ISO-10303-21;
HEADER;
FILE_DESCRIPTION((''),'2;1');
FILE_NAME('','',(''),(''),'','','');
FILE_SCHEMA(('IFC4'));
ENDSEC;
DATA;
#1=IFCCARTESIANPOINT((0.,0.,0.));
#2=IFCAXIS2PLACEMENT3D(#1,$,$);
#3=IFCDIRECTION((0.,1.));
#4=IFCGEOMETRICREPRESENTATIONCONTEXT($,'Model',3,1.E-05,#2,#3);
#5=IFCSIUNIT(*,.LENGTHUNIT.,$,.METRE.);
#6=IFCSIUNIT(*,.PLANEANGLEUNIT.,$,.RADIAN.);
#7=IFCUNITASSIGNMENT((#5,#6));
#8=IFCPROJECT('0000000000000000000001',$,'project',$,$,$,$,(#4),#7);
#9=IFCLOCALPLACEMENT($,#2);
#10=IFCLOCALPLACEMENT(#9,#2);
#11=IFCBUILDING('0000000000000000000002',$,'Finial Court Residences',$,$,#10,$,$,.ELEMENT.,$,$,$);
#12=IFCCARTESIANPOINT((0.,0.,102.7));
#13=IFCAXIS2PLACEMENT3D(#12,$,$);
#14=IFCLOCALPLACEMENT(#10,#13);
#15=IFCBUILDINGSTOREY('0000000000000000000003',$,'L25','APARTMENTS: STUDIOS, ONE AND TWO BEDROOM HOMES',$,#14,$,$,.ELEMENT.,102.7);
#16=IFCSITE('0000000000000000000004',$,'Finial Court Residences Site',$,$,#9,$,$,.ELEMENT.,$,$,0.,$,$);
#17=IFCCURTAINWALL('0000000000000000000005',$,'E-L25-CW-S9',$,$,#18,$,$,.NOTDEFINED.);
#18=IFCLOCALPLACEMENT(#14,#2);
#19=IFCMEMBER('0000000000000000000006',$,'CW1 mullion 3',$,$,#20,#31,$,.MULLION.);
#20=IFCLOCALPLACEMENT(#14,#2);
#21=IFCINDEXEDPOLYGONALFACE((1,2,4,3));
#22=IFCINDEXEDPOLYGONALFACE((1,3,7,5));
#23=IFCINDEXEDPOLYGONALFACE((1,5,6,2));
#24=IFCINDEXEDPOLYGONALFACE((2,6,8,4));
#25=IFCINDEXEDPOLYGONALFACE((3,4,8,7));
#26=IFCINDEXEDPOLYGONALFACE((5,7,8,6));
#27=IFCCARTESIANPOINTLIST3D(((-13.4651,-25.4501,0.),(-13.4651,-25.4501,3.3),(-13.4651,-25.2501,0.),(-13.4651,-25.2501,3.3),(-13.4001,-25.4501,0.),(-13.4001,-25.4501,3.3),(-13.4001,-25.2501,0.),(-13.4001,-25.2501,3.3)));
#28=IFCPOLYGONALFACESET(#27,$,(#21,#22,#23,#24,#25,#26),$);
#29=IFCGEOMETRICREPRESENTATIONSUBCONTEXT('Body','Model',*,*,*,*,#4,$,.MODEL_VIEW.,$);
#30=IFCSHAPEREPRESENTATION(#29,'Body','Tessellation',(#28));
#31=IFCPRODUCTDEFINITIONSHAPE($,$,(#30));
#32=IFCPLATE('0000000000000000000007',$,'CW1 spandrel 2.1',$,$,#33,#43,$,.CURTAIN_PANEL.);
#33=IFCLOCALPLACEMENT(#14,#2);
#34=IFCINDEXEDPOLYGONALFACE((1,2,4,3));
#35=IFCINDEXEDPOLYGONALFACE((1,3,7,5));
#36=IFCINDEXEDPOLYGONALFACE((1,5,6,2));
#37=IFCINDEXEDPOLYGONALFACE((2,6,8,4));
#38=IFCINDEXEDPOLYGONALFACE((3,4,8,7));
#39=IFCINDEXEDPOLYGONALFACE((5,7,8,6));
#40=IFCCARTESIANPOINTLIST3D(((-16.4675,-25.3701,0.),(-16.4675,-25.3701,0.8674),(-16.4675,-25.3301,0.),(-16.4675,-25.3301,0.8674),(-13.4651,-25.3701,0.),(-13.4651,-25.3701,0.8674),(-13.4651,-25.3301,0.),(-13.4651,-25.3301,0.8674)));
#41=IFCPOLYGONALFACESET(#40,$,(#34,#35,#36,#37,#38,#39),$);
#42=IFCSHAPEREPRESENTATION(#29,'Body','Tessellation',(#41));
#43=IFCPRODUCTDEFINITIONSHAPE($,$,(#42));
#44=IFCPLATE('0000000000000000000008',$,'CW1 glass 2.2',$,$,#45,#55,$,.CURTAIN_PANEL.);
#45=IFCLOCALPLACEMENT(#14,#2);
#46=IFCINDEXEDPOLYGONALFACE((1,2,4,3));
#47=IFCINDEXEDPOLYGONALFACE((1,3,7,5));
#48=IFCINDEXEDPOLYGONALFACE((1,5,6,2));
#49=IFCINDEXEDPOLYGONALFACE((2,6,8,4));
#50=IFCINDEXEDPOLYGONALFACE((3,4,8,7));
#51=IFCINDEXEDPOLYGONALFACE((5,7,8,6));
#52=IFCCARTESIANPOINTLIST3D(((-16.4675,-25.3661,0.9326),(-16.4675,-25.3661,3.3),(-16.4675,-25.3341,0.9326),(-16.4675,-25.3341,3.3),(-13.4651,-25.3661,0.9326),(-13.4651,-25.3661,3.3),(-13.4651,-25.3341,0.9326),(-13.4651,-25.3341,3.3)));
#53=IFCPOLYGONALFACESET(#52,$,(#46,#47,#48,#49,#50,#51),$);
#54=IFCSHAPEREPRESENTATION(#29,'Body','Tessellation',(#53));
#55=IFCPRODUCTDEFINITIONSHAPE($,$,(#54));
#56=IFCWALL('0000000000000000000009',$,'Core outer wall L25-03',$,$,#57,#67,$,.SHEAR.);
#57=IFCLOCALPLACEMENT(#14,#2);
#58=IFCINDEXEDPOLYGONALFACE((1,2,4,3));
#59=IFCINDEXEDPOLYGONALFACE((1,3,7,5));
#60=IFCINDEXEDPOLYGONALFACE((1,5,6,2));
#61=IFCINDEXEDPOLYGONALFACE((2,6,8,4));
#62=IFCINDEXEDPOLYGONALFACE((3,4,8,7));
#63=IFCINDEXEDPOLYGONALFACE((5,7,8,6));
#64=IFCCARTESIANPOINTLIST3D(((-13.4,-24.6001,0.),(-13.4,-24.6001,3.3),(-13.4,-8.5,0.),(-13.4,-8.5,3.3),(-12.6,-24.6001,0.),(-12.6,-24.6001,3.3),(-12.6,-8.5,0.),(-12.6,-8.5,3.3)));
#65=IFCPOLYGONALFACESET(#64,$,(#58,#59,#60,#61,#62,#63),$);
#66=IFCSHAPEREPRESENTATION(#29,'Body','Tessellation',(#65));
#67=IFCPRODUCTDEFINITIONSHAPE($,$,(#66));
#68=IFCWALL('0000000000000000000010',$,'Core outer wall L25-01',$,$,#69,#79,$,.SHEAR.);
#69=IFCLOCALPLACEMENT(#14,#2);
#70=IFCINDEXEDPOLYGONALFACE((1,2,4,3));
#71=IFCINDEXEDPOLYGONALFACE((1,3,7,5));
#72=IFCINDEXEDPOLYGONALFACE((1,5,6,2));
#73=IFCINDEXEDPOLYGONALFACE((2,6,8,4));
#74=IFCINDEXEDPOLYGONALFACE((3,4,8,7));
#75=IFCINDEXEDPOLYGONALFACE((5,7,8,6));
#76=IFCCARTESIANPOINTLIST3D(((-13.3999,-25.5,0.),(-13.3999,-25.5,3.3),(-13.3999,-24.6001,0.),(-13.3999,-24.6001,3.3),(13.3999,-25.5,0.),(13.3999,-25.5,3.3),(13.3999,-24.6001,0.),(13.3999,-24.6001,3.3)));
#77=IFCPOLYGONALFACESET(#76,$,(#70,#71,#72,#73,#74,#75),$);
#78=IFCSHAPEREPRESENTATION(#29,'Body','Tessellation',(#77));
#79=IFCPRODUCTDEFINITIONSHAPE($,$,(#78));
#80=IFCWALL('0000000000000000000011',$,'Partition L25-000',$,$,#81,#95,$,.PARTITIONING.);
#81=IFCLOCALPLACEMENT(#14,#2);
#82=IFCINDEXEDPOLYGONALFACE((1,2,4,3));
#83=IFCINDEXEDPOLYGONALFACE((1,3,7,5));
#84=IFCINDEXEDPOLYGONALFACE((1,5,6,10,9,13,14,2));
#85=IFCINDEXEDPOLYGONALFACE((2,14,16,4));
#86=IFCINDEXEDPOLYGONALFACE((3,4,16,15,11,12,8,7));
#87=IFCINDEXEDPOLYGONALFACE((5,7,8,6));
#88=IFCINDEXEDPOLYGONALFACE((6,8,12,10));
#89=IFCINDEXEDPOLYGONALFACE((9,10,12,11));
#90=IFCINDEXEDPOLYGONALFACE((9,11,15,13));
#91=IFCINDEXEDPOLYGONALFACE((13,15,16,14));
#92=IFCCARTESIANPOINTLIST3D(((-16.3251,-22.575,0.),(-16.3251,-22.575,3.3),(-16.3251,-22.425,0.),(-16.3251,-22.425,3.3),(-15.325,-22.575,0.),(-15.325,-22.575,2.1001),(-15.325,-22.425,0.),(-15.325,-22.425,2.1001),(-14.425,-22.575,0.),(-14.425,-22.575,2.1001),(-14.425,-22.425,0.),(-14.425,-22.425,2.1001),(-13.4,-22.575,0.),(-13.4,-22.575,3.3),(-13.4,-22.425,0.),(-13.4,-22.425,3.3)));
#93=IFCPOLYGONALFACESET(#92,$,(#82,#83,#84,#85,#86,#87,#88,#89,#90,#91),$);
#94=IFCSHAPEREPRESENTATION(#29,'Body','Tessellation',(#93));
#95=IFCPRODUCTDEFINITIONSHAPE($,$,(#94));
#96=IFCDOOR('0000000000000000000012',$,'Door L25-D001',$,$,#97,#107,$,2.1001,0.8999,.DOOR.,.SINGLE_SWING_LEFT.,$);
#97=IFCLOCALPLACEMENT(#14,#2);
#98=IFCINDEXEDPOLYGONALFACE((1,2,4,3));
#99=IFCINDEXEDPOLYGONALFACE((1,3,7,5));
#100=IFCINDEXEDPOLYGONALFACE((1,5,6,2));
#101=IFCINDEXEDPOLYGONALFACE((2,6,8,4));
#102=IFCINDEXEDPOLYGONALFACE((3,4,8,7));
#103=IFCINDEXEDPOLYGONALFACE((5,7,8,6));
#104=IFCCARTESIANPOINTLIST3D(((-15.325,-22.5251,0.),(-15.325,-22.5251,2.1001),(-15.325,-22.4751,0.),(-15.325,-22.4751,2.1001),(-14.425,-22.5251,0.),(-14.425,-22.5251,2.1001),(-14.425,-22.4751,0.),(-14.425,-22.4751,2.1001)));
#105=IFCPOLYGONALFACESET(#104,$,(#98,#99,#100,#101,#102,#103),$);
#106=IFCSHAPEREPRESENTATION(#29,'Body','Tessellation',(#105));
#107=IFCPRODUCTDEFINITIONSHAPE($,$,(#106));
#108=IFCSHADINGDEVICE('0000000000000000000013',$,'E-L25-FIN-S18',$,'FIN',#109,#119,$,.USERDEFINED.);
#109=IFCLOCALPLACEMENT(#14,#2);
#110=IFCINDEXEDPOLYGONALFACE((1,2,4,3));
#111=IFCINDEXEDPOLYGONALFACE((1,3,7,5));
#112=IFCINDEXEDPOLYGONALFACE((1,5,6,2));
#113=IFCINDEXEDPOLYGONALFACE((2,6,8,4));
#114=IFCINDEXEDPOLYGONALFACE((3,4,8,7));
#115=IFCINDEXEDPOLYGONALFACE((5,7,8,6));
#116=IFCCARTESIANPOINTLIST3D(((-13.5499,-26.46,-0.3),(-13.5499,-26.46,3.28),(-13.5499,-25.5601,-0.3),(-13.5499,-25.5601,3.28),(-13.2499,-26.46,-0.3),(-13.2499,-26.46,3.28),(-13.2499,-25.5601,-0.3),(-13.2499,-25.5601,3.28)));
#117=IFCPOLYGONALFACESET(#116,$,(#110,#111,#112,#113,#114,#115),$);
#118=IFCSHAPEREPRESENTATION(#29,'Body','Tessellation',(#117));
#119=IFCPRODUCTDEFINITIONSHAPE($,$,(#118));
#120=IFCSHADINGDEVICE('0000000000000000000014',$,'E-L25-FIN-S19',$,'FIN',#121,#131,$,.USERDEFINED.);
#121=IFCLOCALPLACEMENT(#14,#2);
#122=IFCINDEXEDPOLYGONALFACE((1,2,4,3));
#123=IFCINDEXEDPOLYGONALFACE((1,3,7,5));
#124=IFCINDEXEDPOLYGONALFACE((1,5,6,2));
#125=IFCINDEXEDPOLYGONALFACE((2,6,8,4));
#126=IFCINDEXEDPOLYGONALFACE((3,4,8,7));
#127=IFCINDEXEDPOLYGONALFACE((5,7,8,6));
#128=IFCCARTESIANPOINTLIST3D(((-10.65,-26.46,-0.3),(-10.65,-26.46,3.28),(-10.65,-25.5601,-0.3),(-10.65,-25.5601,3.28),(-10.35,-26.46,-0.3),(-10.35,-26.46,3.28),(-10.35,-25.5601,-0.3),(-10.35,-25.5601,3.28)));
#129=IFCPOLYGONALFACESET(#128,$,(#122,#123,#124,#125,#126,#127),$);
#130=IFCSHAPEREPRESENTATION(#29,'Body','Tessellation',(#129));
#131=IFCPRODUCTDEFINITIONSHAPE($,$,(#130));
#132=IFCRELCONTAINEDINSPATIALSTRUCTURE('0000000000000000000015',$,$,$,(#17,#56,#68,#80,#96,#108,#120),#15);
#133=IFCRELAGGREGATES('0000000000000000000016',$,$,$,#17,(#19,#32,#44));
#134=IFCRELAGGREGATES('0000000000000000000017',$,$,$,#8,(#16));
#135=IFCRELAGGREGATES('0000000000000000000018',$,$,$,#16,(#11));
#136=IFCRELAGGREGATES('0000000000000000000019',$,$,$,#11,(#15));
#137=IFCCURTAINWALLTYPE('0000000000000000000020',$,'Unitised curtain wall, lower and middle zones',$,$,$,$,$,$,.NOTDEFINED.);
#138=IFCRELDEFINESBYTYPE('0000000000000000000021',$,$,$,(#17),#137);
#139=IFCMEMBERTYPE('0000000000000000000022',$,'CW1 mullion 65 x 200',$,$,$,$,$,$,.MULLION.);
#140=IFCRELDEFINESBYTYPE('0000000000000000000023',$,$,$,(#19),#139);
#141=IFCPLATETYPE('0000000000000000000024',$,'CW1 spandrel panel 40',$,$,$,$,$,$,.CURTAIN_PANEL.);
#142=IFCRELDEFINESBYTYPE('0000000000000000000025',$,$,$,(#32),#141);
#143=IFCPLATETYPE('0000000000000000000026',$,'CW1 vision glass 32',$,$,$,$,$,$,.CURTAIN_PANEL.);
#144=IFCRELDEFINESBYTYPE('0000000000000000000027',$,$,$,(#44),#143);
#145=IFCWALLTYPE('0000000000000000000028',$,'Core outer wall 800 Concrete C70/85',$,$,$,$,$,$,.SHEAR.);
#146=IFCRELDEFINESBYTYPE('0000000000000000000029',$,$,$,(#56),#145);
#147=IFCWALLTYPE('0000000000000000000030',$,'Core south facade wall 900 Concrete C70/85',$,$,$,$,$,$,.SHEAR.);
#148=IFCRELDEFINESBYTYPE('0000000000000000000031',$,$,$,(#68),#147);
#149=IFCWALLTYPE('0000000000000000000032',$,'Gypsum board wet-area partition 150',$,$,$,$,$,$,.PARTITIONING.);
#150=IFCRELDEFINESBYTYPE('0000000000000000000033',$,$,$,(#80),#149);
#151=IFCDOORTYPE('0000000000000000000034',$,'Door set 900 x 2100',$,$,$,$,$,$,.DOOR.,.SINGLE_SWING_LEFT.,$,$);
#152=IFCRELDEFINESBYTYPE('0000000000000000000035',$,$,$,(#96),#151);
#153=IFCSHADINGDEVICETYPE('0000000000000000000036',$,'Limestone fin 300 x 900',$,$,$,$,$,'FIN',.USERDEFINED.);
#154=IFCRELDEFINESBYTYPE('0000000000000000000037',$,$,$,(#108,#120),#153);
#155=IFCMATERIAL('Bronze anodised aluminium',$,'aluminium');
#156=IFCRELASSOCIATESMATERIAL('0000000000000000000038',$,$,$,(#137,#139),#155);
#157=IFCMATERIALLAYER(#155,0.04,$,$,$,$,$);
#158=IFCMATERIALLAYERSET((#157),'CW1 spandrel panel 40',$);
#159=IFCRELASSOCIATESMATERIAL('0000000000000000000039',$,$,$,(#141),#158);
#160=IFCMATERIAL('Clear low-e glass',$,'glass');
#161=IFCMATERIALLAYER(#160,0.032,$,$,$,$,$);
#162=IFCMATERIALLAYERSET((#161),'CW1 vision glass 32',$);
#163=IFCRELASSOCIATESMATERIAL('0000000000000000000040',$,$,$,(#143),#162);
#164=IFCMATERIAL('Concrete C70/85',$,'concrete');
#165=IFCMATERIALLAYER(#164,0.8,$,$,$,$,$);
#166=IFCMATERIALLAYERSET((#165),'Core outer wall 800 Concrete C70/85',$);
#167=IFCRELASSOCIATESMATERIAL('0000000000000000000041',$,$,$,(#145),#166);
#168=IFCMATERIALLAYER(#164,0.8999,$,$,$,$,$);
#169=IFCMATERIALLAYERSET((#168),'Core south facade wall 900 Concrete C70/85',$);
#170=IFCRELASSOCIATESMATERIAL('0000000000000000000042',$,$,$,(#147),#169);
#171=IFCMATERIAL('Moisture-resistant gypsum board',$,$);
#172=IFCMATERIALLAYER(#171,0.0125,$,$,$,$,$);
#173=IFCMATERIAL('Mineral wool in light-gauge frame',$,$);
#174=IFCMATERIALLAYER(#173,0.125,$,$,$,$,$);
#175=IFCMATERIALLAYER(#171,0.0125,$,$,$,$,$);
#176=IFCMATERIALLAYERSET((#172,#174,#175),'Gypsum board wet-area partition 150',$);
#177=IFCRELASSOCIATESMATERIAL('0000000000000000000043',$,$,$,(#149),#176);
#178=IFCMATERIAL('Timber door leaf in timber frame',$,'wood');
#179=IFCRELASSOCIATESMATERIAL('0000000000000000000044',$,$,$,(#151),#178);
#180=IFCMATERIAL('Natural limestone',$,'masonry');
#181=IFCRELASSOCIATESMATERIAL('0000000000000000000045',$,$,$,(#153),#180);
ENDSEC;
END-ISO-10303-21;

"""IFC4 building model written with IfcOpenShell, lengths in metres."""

from ifc_helpers import new_model, si_unit, direction, frame, frame_2d, origin, origin_2d, place, context, subcontext, project, spatial, rectangle, extrude, material, layer, layer_set, material_profile, profile_set, type_object, element, fill, aggregate, save


model = new_model("IFC4")

# Units and contexts
model_context = context("Model", 3, precision=1e-05, world=origin(), true_north=direction((0.0, 1.0)))
body_context = subcontext(model_context, "Body", "Model", "MODEL_VIEW")
ifc_project = project(units=[si_unit("LENGTHUNIT", "METRE"), si_unit("PLANEANGLEUNIT", "RADIAN")], contexts=[model_context])

# Site, building, storey
site_placement = place(None, origin())
site = spatial("IfcSite", under=ifc_project, at=site_placement, Name="Finial Court Residences Site", CompositionType="ELEMENT", RefElevation=0.0)
building_placement = place(site_placement, origin())
building = spatial("IfcBuilding", under=site, at=building_placement, Name="Finial Court Residences", CompositionType="ELEMENT")
storey_placement = place(building_placement, frame((0.0, 0.0, 102.7)))
storey = spatial("IfcBuildingStorey", under=building, at=storey_placement, Name="L25", Description="APARTMENTS: STUDIOS, ONE AND TWO BEDROOM HOMES", CompositionType="ELEMENT", Elevation=102.7)

# Curtain wall, member, plates
ifc_material_1 = material(Name="Bronze anodised aluminium", Category="aluminium")
curtain_wall_type = type_object("IfcCurtainWallType", Name="Unitised curtain wall, lower and middle zones", PredefinedType="NOTDEFINED", material=ifc_material_1)
curtain_wall_placement = place(storey_placement, origin())
curtain_wall = element("IfcCurtainWall", 1, at=curtain_wall_placement, inside=storey, type_object=curtain_wall_type, Name="E-L25-CW-S9", PredefinedType="NOTDEFINED")
ifc_material_profile = material_profile(ifc_material_1, rectangle(XDim=0.2, YDim=0.0649, at=origin_2d()), Name="CW1 mullion 65 x 200")
ifc_profile_set = profile_set([ifc_material_profile], Name="Bronze anodised aluminium")
member_type = type_object("IfcMemberType", Name="CW1 mullion 65 x 200", PredefinedType="MULLION", material=ifc_profile_set)
member_placement = place(storey_placement, frame((-13.4326, -25.3501, 0.0), z_axis=(0.0, 0.0, 1.0), x_axis=(0.0, 1.0, 0.0)))
member = element("IfcMember", 2, at=member_placement, type_object=member_type, Name="CW1 mullion 3", PredefinedType="MULLION", context=body_context, shape_type="SweptSolid", body=[
    extrude(rectangle(XDim=0.2, YDim=0.0649, at=origin_2d()), origin(), (0.0, 0.0, 1.0), 3.3),
])
ifc_layer_1 = layer(ifc_material_1, 0.04)
ifc_layer_set_1 = layer_set([ifc_layer_1], Name="CW1 spandrel panel 40")
plate_type_1 = type_object("IfcPlateType", Name="CW1 spandrel panel 40", PredefinedType="CURTAIN_PANEL", material=ifc_layer_set_1)
plate_1_placement = place(storey_placement, frame((-14.9663, -25.3501, 0.0), z_axis=(0.0, 0.0, 1.0), x_axis=(1.0, 0.0, 0.0)))
plate_1 = element("IfcPlate", 3, at=plate_1_placement, type_object=plate_type_1, Name="CW1 spandrel 2.1", PredefinedType="CURTAIN_PANEL", context=body_context, shape_type="SweptSolid", body=[
    extrude(rectangle(XDim=3.0024, YDim=0.04, at=origin_2d()), origin(), (0.0, 0.0, 1.0), 0.8674),
])
ifc_material_2 = material(Name="Clear low-e glass", Category="glass")
ifc_layer_2 = layer(ifc_material_2, 0.032)
ifc_layer_set_2 = layer_set([ifc_layer_2], Name="CW1 vision glass 32")
plate_type_2 = type_object("IfcPlateType", Name="CW1 vision glass 32", PredefinedType="CURTAIN_PANEL", material=ifc_layer_set_2)
plate_2_placement = place(storey_placement, frame((-14.9663, -25.3501, 0.9326), z_axis=(0.0, 0.0, 1.0), x_axis=(1.0, 0.0, 0.0)))
plate_2 = element("IfcPlate", 4, at=plate_2_placement, type_object=plate_type_2, Name="CW1 glass 2.2", PredefinedType="CURTAIN_PANEL", context=body_context, shape_type="SweptSolid", body=[
    extrude(rectangle(XDim=3.0024, YDim=0.032, at=origin_2d()), origin(), (0.0, 0.0, 1.0), 2.3674),
])
aggregate(curtain_wall, [member, plate_1, plate_2])

# Walls
ifc_material_3 = material(Name="Concrete C70/85", Category="concrete")
ifc_layer_3 = layer(ifc_material_3, 0.8)
ifc_layer_set_3 = layer_set([ifc_layer_3], Name="Core outer wall 800 Concrete C70/85")
wall_type_1 = type_object("IfcWallType", Name="Core outer wall 800 Concrete C70/85", PredefinedType="SHEAR", material=ifc_layer_set_3)
wall_1_placement = place(storey_placement, frame((-13.0, -24.6001, 0.0), z_axis=(0.0, 0.0, 1.0), x_axis=(0.0, 1.0, 0.0)))
element("IfcWall", 5, at=wall_1_placement, inside=storey, type_object=wall_type_1, Name="Core outer wall L25-03", PredefinedType="SHEAR", context=body_context, shape_type="SweptSolid", body=[
    extrude(rectangle(XDim=16.1001, YDim=0.8, at=frame_2d((8.05, 0.0))), origin(), (0.0, 0.0, 1.0), 3.3),
])
ifc_layer_4 = layer(ifc_material_3, 0.8999)
ifc_layer_set_4 = layer_set([ifc_layer_4], Name="Core south facade wall 900 Concrete C70/85")
wall_type_2 = type_object("IfcWallType", Name="Core south facade wall 900 Concrete C70/85", PredefinedType="SHEAR", material=ifc_layer_set_4)
wall_2_placement = place(storey_placement, frame((-13.3999, -25.05, 0.0), z_axis=(0.0, 0.0, 1.0), x_axis=(1.0, 0.0, 0.0)))
element("IfcWall", 6, at=wall_2_placement, inside=storey, type_object=wall_type_2, Name="Core outer wall L25-01", PredefinedType="SHEAR", context=body_context, shape_type="SweptSolid", body=[
    extrude(rectangle(XDim=26.7998, YDim=0.8999, at=frame_2d((13.3999, 0.0))), origin(), (0.0, 0.0, 1.0), 3.3),
])

# Wall, opening, door
ifc_material_4 = material(Name="Moisture-resistant gypsum board")
ifc_layer_5 = layer(ifc_material_4, 0.0125)
ifc_material_5 = material(Name="Mineral wool in light-gauge frame")
ifc_layer_6 = layer(ifc_material_5, 0.125)
ifc_layer_7 = layer(ifc_material_4, 0.0125)
ifc_layer_set_5 = layer_set([ifc_layer_5, ifc_layer_6, ifc_layer_7], Name="Gypsum board wet-area partition 150")
wall_type_3 = type_object("IfcWallType", Name="Gypsum board wet-area partition 150", PredefinedType="PARTITIONING", material=ifc_layer_set_5)
wall_3_placement = place(storey_placement, frame((-16.325, -22.5, 0.0), z_axis=(0.0, 0.0, 1.0), x_axis=(1.0, 0.0, 0.0)))
wall_3 = element("IfcWall", 7, at=wall_3_placement, inside=storey, type_object=wall_type_3, Name="Partition L25-000", PredefinedType="PARTITIONING", context=body_context, shape_type="SweptSolid", body=[
    extrude(rectangle(XDim=2.925, YDim=0.1499, at=frame_2d((1.4624, 0.0))), origin(), (0.0, 0.0, 1.0), 3.3),
])
opening_placement = place(wall_3_placement, frame((1.0, 0.0, 0.0)))
opening = element("IfcOpeningElement", 8, at=opening_placement, cuts=wall_3, PredefinedType="OPENING", context=body_context, shape_type="SweptSolid", body=[
    extrude(rectangle(XDim=0.8999, YDim=2.1001, at=frame_2d((0.45, 1.05))), frame((0.0, 0.085, 0.0), z_axis=(0.0, -1.0, 0.0), x_axis=(1.0, 0.0, 0.0)), (0.0, 0.0, 1.0), 0.1699),
])
ifc_material_6 = material(Name="Timber door leaf in timber frame", Category="wood")
door_type = type_object("IfcDoorType", Name="Door set 900 x 2100", OperationType="SINGLE_SWING_LEFT", PredefinedType="DOOR", material=ifc_material_6)
door_placement = place(opening_placement, origin())
door = element("IfcDoor", 9, at=door_placement, inside=storey, type_object=door_type, Name="Door L25-D001", OperationType="SINGLE_SWING_LEFT", OverallHeight=2.1001, OverallWidth=0.8999, PredefinedType="DOOR", context=body_context, shape_type="SweptSolid", body=[
    extrude(rectangle(XDim=0.8999, YDim=2.1001, at=frame_2d((0.45, 1.05))), frame((0.0, 0.0249, 0.0), z_axis=(0.0, -1.0, 0.0), x_axis=(1.0, 0.0, 0.0)), (0.0, 0.0, 1.0), 0.05),
])
fill(opening, door)

# Shading devices
ifc_material_7 = material(Name="Natural limestone", Category="masonry")
shading_device_type = type_object("IfcShadingDeviceType", Name="Limestone fin 300 x 900", ElementType="FIN", PredefinedType="USERDEFINED", material=ifc_material_7)
for number, where, z_axis, x_axis, name in (
    (10, (-13.3999, -26.01, -0.3), (0.0, 0.0, 1.0), (1.0, 0.0, 0.0), "E-L25-FIN-S18"),
    (11, (-10.5, -26.01, -0.3), (0.0, 0.0, 1.0), (1.0, 0.0, 0.0), "E-L25-FIN-S19"),
):
    element("IfcShadingDevice", number, at=place(storey_placement, frame(where, z_axis=z_axis, x_axis=x_axis)), inside=storey, type_object=shading_device_type, Name=name, ObjectType="FIN", PredefinedType="USERDEFINED", context=body_context, shape_type="SweptSolid", body=[
        extrude(rectangle(XDim=0.3, YDim=0.8999, at=origin_2d()), origin(), (0.0, 0.0, 1.0), 3.5801),
    ])

save(model, "model.ifc")
